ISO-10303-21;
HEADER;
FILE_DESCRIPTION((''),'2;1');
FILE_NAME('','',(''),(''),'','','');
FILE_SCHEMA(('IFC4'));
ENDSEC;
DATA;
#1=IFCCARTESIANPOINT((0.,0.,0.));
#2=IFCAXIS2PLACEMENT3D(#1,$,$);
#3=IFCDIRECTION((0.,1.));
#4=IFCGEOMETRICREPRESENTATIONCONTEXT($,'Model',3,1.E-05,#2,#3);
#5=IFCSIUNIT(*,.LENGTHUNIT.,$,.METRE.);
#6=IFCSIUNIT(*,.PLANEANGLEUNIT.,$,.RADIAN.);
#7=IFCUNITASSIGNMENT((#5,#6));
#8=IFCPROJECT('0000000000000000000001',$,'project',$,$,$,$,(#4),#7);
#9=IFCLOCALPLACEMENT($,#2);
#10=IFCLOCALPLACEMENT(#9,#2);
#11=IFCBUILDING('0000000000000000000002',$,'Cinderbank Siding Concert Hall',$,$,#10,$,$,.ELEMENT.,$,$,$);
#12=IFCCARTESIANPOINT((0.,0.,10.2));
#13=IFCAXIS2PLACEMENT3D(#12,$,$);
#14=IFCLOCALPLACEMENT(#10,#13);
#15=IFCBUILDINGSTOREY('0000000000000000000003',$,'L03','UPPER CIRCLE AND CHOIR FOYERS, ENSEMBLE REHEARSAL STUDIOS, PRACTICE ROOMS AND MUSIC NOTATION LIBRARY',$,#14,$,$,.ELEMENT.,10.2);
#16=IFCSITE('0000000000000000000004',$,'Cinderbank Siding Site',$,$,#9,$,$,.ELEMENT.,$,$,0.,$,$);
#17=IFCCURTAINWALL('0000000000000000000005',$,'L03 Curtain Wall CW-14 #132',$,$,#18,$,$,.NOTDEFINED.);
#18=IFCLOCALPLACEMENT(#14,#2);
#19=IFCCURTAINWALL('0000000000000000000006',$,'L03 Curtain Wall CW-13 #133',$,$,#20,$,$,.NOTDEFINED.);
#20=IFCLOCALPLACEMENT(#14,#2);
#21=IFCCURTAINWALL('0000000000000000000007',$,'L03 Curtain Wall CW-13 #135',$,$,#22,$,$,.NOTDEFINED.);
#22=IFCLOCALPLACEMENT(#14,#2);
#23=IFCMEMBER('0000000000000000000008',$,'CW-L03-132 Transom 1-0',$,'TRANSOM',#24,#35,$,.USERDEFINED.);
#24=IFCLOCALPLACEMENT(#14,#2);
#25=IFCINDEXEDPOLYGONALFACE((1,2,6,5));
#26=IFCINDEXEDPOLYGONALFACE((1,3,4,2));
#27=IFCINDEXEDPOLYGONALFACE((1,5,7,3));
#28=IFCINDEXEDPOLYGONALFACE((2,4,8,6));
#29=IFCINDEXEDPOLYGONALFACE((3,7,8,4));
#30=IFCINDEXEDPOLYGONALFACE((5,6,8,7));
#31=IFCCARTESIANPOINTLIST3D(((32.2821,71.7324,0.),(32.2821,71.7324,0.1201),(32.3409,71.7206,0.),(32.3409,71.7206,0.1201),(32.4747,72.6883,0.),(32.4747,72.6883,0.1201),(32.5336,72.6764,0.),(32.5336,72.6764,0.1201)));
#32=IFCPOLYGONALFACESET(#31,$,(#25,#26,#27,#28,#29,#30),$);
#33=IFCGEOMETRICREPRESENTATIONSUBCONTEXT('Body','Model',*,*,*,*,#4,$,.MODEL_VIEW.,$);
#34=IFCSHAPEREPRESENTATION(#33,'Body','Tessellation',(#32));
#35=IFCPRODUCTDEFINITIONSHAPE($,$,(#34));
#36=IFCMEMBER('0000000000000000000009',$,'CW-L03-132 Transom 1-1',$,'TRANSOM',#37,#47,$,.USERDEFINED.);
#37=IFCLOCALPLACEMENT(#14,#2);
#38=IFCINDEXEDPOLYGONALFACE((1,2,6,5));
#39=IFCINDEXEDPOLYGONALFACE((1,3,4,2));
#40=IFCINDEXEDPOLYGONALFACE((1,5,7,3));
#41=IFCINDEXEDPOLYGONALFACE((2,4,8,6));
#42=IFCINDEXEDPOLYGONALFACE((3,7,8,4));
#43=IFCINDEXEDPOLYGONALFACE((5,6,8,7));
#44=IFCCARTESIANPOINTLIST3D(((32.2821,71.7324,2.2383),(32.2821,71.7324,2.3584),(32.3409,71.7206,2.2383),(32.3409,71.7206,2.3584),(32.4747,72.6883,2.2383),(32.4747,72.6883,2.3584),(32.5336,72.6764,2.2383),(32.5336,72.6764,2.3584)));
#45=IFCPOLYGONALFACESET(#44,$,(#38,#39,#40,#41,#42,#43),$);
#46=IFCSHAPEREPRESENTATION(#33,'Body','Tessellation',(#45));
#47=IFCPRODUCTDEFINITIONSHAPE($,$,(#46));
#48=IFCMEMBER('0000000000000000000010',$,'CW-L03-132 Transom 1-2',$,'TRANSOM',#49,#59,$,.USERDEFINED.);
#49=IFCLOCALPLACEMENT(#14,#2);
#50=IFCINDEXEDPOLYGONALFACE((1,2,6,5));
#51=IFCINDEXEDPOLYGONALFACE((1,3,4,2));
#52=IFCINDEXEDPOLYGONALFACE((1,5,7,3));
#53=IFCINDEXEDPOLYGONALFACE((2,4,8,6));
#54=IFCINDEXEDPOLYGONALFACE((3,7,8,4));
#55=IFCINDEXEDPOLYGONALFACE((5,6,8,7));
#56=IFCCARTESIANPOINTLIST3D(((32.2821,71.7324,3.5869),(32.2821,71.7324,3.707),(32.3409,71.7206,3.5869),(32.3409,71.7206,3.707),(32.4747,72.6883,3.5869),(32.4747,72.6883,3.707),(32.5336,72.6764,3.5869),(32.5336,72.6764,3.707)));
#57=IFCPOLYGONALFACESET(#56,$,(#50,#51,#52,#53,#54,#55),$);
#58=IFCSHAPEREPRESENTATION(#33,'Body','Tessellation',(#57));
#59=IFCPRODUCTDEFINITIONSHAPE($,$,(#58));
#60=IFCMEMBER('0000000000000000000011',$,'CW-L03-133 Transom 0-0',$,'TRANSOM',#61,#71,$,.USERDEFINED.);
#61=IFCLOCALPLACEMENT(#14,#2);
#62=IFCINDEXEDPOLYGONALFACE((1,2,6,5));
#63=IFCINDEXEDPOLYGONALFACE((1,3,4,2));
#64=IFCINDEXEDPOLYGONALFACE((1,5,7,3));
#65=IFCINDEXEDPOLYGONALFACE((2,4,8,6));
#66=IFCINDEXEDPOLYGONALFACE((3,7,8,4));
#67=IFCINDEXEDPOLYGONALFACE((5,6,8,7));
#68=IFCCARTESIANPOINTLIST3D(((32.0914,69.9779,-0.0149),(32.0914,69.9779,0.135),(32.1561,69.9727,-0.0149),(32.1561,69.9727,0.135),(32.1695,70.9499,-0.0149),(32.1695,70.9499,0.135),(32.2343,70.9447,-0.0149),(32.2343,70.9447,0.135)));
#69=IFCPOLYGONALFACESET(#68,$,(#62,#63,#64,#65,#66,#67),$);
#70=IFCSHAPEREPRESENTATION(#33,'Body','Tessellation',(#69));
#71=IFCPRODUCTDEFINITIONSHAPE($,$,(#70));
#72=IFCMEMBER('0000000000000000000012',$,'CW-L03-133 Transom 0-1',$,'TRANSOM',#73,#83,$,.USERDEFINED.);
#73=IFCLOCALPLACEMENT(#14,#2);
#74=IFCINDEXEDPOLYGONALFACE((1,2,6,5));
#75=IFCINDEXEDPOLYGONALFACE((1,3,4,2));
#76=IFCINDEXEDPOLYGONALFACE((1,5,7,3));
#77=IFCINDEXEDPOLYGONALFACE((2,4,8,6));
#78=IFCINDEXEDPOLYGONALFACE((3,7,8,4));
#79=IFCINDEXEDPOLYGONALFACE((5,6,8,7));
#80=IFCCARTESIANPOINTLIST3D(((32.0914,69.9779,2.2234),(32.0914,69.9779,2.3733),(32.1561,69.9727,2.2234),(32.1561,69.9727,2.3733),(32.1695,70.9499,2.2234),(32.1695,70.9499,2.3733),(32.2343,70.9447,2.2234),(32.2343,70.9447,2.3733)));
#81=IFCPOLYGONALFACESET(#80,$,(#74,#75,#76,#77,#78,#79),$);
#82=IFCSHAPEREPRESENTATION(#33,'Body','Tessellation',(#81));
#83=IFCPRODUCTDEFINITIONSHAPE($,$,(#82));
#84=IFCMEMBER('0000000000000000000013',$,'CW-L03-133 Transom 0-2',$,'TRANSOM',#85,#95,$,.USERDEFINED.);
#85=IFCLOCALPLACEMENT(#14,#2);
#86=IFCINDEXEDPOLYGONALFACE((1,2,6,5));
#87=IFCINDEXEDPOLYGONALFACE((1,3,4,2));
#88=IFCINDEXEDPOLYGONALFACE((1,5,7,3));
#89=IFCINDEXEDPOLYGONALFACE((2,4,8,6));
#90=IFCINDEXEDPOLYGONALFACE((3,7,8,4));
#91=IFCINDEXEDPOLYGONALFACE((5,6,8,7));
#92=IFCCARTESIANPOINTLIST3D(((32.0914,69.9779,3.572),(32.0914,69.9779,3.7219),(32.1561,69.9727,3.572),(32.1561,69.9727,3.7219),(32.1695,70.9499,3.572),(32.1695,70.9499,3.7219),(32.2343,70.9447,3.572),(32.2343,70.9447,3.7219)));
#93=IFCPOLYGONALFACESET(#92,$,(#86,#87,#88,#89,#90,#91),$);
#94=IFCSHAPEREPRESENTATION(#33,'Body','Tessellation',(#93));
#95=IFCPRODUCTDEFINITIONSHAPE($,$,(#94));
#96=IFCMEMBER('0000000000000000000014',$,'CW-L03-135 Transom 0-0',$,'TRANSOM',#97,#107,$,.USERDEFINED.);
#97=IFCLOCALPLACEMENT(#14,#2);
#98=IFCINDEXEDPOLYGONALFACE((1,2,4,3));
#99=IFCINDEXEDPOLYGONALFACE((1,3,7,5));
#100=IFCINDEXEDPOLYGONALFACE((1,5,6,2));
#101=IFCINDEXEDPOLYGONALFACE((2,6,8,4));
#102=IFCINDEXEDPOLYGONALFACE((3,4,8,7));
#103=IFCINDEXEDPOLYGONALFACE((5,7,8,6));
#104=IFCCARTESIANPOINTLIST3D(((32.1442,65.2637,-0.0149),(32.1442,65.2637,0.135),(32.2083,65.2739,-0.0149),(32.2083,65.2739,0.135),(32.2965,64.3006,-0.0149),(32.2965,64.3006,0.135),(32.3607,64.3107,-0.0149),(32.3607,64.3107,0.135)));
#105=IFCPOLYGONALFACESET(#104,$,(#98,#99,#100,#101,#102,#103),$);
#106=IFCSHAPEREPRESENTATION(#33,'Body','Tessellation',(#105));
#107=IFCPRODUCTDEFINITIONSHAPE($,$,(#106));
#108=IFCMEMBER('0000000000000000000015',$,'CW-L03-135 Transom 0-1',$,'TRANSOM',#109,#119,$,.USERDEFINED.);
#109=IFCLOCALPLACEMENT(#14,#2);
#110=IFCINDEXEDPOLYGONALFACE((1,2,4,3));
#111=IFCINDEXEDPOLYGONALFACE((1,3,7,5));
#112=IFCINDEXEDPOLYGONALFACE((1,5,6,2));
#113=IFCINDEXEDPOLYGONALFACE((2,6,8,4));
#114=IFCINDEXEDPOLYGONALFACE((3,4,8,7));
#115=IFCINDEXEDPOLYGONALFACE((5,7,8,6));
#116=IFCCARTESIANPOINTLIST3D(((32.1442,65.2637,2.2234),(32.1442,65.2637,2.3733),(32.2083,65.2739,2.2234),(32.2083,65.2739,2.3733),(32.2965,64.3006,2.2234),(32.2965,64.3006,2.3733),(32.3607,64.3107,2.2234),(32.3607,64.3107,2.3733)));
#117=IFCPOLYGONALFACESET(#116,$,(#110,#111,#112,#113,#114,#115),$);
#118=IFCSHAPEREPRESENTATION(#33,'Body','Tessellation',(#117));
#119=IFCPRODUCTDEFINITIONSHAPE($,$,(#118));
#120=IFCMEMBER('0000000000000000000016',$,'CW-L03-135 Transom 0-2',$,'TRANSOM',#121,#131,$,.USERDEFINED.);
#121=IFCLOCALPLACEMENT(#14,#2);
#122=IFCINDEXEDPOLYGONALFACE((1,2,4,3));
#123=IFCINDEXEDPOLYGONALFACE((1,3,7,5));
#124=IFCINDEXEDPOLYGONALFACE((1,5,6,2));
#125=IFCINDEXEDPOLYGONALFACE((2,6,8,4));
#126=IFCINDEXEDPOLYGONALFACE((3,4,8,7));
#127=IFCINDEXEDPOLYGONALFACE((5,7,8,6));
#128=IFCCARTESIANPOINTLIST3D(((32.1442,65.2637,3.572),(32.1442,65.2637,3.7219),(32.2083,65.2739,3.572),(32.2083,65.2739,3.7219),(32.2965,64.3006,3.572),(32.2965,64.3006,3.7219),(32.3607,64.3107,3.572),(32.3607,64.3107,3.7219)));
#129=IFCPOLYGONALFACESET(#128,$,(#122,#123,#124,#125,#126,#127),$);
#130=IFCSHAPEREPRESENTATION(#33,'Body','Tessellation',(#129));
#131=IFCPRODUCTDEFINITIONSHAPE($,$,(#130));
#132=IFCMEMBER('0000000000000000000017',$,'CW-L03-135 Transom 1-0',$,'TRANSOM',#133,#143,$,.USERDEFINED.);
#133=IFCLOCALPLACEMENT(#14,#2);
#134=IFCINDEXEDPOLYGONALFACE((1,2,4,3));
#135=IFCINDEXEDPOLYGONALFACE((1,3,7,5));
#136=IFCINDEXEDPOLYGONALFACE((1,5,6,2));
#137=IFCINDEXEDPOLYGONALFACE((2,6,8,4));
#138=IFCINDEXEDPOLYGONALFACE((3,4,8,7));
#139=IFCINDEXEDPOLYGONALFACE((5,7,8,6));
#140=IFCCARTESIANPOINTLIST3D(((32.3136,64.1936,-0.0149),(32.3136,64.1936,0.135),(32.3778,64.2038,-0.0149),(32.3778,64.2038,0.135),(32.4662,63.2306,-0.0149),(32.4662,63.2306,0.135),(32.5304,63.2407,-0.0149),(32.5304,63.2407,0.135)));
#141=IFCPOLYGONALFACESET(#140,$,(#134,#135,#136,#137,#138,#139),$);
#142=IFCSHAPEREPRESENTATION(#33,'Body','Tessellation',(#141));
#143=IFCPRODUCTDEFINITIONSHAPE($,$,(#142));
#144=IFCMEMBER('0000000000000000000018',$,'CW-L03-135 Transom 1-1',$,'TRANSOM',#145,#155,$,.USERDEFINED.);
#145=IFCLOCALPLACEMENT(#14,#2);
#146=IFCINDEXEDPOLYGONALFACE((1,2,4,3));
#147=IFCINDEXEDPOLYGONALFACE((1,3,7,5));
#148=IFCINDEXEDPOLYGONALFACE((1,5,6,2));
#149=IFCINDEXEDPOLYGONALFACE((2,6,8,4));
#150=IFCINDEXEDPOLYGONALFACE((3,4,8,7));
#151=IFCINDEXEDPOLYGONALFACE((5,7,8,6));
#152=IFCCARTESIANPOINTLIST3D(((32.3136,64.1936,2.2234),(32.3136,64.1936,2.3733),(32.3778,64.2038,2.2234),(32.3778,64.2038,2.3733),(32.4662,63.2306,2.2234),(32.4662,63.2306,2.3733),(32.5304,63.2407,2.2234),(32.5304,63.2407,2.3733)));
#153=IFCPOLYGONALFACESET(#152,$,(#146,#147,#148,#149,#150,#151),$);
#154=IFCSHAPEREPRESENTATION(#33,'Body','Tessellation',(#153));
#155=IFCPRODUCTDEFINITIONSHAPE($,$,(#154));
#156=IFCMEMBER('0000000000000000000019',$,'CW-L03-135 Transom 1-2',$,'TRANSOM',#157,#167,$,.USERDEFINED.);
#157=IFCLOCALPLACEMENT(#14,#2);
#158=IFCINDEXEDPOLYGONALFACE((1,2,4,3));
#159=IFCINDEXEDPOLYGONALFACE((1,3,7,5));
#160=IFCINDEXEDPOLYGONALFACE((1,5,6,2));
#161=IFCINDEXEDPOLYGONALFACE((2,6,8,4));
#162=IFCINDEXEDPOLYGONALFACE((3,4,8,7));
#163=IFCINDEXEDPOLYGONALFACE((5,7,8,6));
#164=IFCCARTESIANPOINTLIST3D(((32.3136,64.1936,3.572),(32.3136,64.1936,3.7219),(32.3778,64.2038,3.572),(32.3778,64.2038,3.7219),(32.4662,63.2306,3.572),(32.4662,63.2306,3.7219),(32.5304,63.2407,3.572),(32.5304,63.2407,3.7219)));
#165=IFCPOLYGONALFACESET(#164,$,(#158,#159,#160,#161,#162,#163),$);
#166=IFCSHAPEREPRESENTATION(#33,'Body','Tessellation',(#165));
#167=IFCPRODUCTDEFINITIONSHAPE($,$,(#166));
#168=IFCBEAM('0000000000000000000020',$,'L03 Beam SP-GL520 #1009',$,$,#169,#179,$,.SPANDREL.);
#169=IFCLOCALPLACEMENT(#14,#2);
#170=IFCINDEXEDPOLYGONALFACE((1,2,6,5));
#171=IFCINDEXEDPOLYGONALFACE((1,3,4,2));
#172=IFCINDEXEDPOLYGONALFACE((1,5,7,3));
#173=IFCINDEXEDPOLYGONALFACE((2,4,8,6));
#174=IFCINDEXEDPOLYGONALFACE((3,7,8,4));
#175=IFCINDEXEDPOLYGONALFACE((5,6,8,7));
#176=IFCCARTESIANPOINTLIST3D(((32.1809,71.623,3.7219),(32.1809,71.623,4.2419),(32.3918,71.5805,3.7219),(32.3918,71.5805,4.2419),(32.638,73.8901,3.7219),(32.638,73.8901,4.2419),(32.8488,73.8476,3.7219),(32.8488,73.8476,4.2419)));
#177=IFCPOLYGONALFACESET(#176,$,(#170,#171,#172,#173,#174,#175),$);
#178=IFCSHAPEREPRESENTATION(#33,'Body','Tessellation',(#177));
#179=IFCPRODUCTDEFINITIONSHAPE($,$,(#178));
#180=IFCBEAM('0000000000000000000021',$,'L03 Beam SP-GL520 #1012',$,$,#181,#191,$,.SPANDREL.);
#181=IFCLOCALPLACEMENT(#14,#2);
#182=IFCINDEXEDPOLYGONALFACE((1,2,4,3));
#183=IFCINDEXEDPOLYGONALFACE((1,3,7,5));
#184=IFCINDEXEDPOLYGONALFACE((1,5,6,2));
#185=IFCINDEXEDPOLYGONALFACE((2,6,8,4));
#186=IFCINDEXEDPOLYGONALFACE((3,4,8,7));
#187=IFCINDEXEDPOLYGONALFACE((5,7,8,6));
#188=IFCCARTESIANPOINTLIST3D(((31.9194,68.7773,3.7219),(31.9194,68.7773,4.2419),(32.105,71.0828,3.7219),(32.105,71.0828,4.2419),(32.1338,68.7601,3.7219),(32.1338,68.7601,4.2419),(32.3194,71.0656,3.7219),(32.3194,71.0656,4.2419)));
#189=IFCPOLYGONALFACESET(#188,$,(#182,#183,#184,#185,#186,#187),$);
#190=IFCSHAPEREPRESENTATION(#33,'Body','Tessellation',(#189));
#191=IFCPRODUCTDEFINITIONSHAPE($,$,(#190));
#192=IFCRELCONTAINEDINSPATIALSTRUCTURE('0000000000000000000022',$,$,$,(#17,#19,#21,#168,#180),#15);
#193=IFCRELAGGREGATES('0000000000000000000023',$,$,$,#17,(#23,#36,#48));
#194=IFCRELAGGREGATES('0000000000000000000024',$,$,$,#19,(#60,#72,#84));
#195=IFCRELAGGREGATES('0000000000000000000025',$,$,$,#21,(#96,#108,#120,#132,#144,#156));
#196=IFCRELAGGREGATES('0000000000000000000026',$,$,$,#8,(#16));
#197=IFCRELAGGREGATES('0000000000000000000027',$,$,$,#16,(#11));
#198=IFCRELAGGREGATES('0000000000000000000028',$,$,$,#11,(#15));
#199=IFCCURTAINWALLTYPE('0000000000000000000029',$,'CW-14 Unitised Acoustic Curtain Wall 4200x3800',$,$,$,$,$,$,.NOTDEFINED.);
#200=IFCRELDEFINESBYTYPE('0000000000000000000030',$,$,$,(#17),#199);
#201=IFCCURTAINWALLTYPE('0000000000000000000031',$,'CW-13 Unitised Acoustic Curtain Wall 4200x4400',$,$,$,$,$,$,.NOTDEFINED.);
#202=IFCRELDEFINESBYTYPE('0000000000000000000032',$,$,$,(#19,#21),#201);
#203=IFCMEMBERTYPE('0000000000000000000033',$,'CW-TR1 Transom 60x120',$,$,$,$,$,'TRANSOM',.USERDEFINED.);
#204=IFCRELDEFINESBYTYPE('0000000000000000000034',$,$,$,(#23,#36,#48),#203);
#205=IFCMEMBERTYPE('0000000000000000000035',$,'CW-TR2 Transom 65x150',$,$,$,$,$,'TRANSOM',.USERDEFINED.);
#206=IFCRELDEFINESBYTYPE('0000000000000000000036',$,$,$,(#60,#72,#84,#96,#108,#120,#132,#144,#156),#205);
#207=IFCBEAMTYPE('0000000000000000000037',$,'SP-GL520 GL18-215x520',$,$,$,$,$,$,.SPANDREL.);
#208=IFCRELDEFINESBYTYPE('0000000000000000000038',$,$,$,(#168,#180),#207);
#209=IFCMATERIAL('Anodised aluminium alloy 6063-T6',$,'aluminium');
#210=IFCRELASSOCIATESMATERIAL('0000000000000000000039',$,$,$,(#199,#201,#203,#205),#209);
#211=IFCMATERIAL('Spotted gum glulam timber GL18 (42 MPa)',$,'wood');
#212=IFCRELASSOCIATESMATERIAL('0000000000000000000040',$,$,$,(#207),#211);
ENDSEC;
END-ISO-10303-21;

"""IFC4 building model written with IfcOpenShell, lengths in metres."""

from ifc_helpers import new_model, si_unit, direction, frame, origin, origin_2d, place, context, subcontext, project, spatial, rectangle, extrude, material, material_profile, profile_set, type_object, element, aggregate, save


model = new_model("IFC4")

# Units and contexts
model_context = context("Model", 3, precision=1e-05, world=origin(), true_north=direction((0.0, 1.0)))
body_context = subcontext(model_context, "Body", "Model", "MODEL_VIEW")
ifc_project = project(units=[si_unit("LENGTHUNIT", "METRE"), si_unit("PLANEANGLEUNIT", "RADIAN")], contexts=[model_context])

# Site, building, storey
site_placement = place(None, origin())
site = spatial("IfcSite", under=ifc_project, at=site_placement, Name="Cinderbank Siding Site", CompositionType="ELEMENT", RefElevation=0.0)
building_placement = place(site_placement, origin())
building = spatial("IfcBuilding", under=site, at=building_placement, Name="Cinderbank Siding Concert Hall", CompositionType="ELEMENT")
storey_placement = place(building_placement, frame((0.0, 0.0, 10.2)))
storey = spatial("IfcBuildingStorey", under=building, at=storey_placement, Name="L03", Description="UPPER CIRCLE AND CHOIR FOYERS, ENSEMBLE REHEARSAL STUDIOS, PRACTICE ROOMS AND MUSIC NOTATION LIBRARY", CompositionType="ELEMENT", Elevation=10.2)

# Curtain wall
ifc_material_1 = material(Name="Anodised aluminium alloy 6063-T6", Category="aluminium")
curtain_wall_type_1 = type_object("IfcCurtainWallType", Name="CW-14 Unitised Acoustic Curtain Wall 4200x3800", PredefinedType="NOTDEFINED", material=ifc_material_1)
curtain_wall_1_placement = place(storey_placement, origin())
curtain_wall_1 = element("IfcCurtainWall", 1, at=curtain_wall_1_placement, inside=storey, type_object=curtain_wall_type_1, Name="L03 Curtain Wall CW-14 #132", PredefinedType="NOTDEFINED")

# Curtain wall
curtain_wall_type_2 = type_object("IfcCurtainWallType", Name="CW-13 Unitised Acoustic Curtain Wall 4200x4400", PredefinedType="NOTDEFINED", material=ifc_material_1)
curtain_wall_2_placement = place(storey_placement, origin())
curtain_wall_2 = element("IfcCurtainWall", 2, at=curtain_wall_2_placement, inside=storey, type_object=curtain_wall_type_2, Name="L03 Curtain Wall CW-13 #133", PredefinedType="NOTDEFINED")

# Curtain wall
curtain_wall_3_placement = place(storey_placement, origin())
curtain_wall_3 = element("IfcCurtainWall", 3, at=curtain_wall_3_placement, inside=storey, type_object=curtain_wall_type_2, Name="L03 Curtain Wall CW-13 #135", PredefinedType="NOTDEFINED")

# Members
ifc_material_profile_1 = material_profile(ifc_material_1, rectangle(XDim=0.0601, YDim=0.1201, at=origin_2d()), Name="ALU-TRAN-60x120", Category="LoadBearing")
ifc_profile_set_1 = profile_set([ifc_material_profile_1], Name="Anodised aluminium alloy 6063-T6")
member_type_1 = type_object("IfcMemberType", Name="CW-TR1 Transom 60x120", ElementType="TRANSOM", PredefinedType="USERDEFINED", material=ifc_profile_set_1)
member_1_placement = place(storey_placement, frame((32.5042, 72.6824, 0.0601), z_axis=(-0.197561, -0.980291, 0.0), x_axis=(0.980291, -0.197561, 0.0)))
member_1 = element("IfcMember", 4, at=member_1_placement, type_object=member_type_1, Name="CW-L03-132 Transom 1-0", ObjectType="TRANSOM", PredefinedType="USERDEFINED", context=body_context, shape_type="SweptSolid", body=[
    extrude(rectangle(XDim=0.0601, YDim=0.1201, at=origin_2d()), origin(), (0.0, 0.0, 1.0), 0.9751),
])
member_2_placement = place(storey_placement, frame((32.5042, 72.6824, 2.2983), z_axis=(-0.197561, -0.980291, 0.0), x_axis=(0.980291, -0.197561, 0.0)))
member_2 = element("IfcMember", 5, at=member_2_placement, type_object=member_type_1, Name="CW-L03-132 Transom 1-1", ObjectType="TRANSOM", PredefinedType="USERDEFINED", context=body_context, shape_type="SweptSolid", body=[
    extrude(rectangle(XDim=0.0601, YDim=0.1201, at=origin_2d()), origin(), (0.0, 0.0, 1.0), 0.9751),
])
member_3_placement = place(storey_placement, frame((32.5042, 72.6824, 3.647), z_axis=(-0.197561, -0.980291, 0.0), x_axis=(0.980291, -0.197561, 0.0)))
member_3 = element("IfcMember", 6, at=member_3_placement, type_object=member_type_1, Name="CW-L03-132 Transom 1-2", ObjectType="TRANSOM", PredefinedType="USERDEFINED", context=body_context, shape_type="SweptSolid", body=[
    extrude(rectangle(XDim=0.0601, YDim=0.1201, at=origin_2d()), origin(), (0.0, 0.0, 1.0), 0.9751),
])
ifc_material_profile_2 = material_profile(ifc_material_1, rectangle(XDim=0.0649, YDim=0.1499, at=origin_2d()), Name="ALU-TRAN-65x150", Category="LoadBearing")
ifc_profile_set_2 = profile_set([ifc_material_profile_2], Name="Anodised aluminium alloy 6063-T6")
member_type_2 = type_object("IfcMemberType", Name="CW-TR2 Transom 65x150", ElementType="TRANSOM", PredefinedType="USERDEFINED", material=ifc_profile_set_2)
member_4_placement = place(storey_placement, frame((32.2019, 70.9473, 0.0601), z_axis=(-0.080123, -0.996785, 0.0), x_axis=(0.996785, -0.080123, 0.0)))
member_4 = element("IfcMember", 7, at=member_4_placement, type_object=member_type_2, Name="CW-L03-133 Transom 0-0", ObjectType="TRANSOM", PredefinedType="USERDEFINED", context=body_context, shape_type="SweptSolid", body=[
    extrude(rectangle(XDim=0.0649, YDim=0.1499, at=origin_2d()), origin(), (0.0, 0.0, 1.0), 0.9751),
])
member_5_placement = place(storey_placement, frame((32.2019, 70.9473, 2.2983), z_axis=(-0.080123, -0.996785, 0.0), x_axis=(0.996785, -0.080123, 0.0)))
member_5 = element("IfcMember", 8, at=member_5_placement, type_object=member_type_2, Name="CW-L03-133 Transom 0-1", ObjectType="TRANSOM", PredefinedType="USERDEFINED", context=body_context, shape_type="SweptSolid", body=[
    extrude(rectangle(XDim=0.0649, YDim=0.1499, at=origin_2d()), origin(), (0.0, 0.0, 1.0), 0.9751),
])
member_6_placement = place(storey_placement, frame((32.2019, 70.9473, 3.647), z_axis=(-0.080123, -0.996785, 0.0), x_axis=(0.996785, -0.080123, 0.0)))
member_6 = element("IfcMember", 9, at=member_6_placement, type_object=member_type_2, Name="CW-L03-133 Transom 0-2", ObjectType="TRANSOM", PredefinedType="USERDEFINED", context=body_context, shape_type="SweptSolid", body=[
    extrude(rectangle(XDim=0.0649, YDim=0.1499, at=origin_2d()), origin(), (0.0, 0.0, 1.0), 0.9751),
])
member_7_placement = place(storey_placement, frame((32.1763, 65.2688, 0.0601), z_axis=(0.156233, -0.98772, 0.0), x_axis=(0.98772, 0.156233, 0.0)))
member_7 = element("IfcMember", 10, at=member_7_placement, type_object=member_type_2, Name="CW-L03-135 Transom 0-0", ObjectType="TRANSOM", PredefinedType="USERDEFINED", context=body_context, shape_type="SweptSolid", body=[
    extrude(rectangle(XDim=0.0649, YDim=0.1499, at=origin_2d()), origin(), (0.0, 0.0, 1.0), 0.9751),
])
member_8_placement = place(storey_placement, frame((32.1763, 65.2688, 2.2983), z_axis=(0.156233, -0.98772, 0.0), x_axis=(0.98772, 0.156233, 0.0)))
member_8 = element("IfcMember", 11, at=member_8_placement, type_object=member_type_2, Name="CW-L03-135 Transom 0-1", ObjectType="TRANSOM", PredefinedType="USERDEFINED", context=body_context, shape_type="SweptSolid", body=[
    extrude(rectangle(XDim=0.0649, YDim=0.1499, at=origin_2d()), origin(), (0.0, 0.0, 1.0), 0.9751),
])
member_9_placement = place(storey_placement, frame((32.1763, 65.2688, 3.647), z_axis=(0.156233, -0.98772, 0.0), x_axis=(0.98772, 0.156233, 0.0)))
member_9 = element("IfcMember", 12, at=member_9_placement, type_object=member_type_2, Name="CW-L03-135 Transom 0-2", ObjectType="TRANSOM", PredefinedType="USERDEFINED", context=body_context, shape_type="SweptSolid", body=[
    extrude(rectangle(XDim=0.0649, YDim=0.1499, at=origin_2d()), origin(), (0.0, 0.0, 1.0), 0.9751),
])
member_10_placement = place(storey_placement, frame((32.3457, 64.1987, 0.0601), z_axis=(0.156477, -0.987682, 0.0), x_axis=(0.987682, 0.156477, 0.0)))
member_10 = element("IfcMember", 13, at=member_10_placement, type_object=member_type_2, Name="CW-L03-135 Transom 1-0", ObjectType="TRANSOM", PredefinedType="USERDEFINED", context=body_context, shape_type="SweptSolid", body=[
    extrude(rectangle(XDim=0.0649, YDim=0.1499, at=origin_2d()), origin(), (0.0, 0.0, 1.0), 0.9751),
])
member_11_placement = place(storey_placement, frame((32.3457, 64.1987, 2.2983), z_axis=(0.156477, -0.987682, 0.0), x_axis=(0.987682, 0.156477, 0.0)))
member_11 = element("IfcMember", 14, at=member_11_placement, type_object=member_type_2, Name="CW-L03-135 Transom 1-1", ObjectType="TRANSOM", PredefinedType="USERDEFINED", context=body_context, shape_type="SweptSolid", body=[
    extrude(rectangle(XDim=0.0649, YDim=0.1499, at=origin_2d()), origin(), (0.0, 0.0, 1.0), 0.9751),
])
member_12_placement = place(storey_placement, frame((32.3457, 64.1987, 3.647), z_axis=(0.156477, -0.987682, 0.0), x_axis=(0.987682, 0.156477, 0.0)))
member_12 = element("IfcMember", 15, at=member_12_placement, type_object=member_type_2, Name="CW-L03-135 Transom 1-2", ObjectType="TRANSOM", PredefinedType="USERDEFINED", context=body_context, shape_type="SweptSolid", body=[
    extrude(rectangle(XDim=0.0649, YDim=0.1499, at=origin_2d()), origin(), (0.0, 0.0, 1.0), 0.9751),
])

# Beams
ifc_material_2 = material(Name="Spotted gum glulam timber GL18 (42 MPa)", Category="wood")
ifc_material_profile_3 = material_profile(ifc_material_2, rectangle(XDim=0.2151, YDim=0.52, at=origin_2d()), Name="GL18-215x520", Category="LoadBearing")
ifc_profile_set_3 = profile_set([ifc_material_profile_3], Name="Spotted gum glulam timber GL18 (42 MPa)")
beam_type_1 = type_object("IfcBeamType", Name="SP-GL520 GL18-215x520", PredefinedType="SPANDREL", material=ifc_profile_set_3)
beam_1_placement = place(storey_placement, frame((32.7434, 73.8689, 3.9819), z_axis=(-0.197618, -0.980279, 0.0), x_axis=(0.980279, -0.197618, 0.0)))
element("IfcBeam", 16, at=beam_1_placement, inside=storey, type_object=beam_type_1, Name="L03 Beam SP-GL520 #1009", PredefinedType="SPANDREL", context=body_context, shape_type="SweptSolid", body=[
    extrude(rectangle(XDim=0.2151, YDim=0.52, at=origin_2d()), origin(), (0.0, 0.0, 1.0), 2.3127),
])
beam_2_placement = place(storey_placement, frame((32.2122, 71.0742, 3.9819), z_axis=(-0.080223, -0.996777, 0.0), x_axis=(0.996777, -0.080223, 0.0)))
element("IfcBeam", 17, at=beam_2_placement, inside=storey, type_object=beam_type_1, Name="L03 Beam SP-GL520 #1012", PredefinedType="SPANDREL", context=body_context, shape_type="SweptSolid", body=[
    extrude(rectangle(XDim=0.2151, YDim=0.52, at=origin_2d()), origin(), (0.0, 0.0, 1.0), 2.313),
])

aggregate(curtain_wall_1, [member_1, member_2, member_3])
aggregate(curtain_wall_2, [member_4, member_5, member_6])
aggregate(curtain_wall_3, [member_7, member_8, member_9, member_10, member_11, member_12])

save(model, "model.ifc")
